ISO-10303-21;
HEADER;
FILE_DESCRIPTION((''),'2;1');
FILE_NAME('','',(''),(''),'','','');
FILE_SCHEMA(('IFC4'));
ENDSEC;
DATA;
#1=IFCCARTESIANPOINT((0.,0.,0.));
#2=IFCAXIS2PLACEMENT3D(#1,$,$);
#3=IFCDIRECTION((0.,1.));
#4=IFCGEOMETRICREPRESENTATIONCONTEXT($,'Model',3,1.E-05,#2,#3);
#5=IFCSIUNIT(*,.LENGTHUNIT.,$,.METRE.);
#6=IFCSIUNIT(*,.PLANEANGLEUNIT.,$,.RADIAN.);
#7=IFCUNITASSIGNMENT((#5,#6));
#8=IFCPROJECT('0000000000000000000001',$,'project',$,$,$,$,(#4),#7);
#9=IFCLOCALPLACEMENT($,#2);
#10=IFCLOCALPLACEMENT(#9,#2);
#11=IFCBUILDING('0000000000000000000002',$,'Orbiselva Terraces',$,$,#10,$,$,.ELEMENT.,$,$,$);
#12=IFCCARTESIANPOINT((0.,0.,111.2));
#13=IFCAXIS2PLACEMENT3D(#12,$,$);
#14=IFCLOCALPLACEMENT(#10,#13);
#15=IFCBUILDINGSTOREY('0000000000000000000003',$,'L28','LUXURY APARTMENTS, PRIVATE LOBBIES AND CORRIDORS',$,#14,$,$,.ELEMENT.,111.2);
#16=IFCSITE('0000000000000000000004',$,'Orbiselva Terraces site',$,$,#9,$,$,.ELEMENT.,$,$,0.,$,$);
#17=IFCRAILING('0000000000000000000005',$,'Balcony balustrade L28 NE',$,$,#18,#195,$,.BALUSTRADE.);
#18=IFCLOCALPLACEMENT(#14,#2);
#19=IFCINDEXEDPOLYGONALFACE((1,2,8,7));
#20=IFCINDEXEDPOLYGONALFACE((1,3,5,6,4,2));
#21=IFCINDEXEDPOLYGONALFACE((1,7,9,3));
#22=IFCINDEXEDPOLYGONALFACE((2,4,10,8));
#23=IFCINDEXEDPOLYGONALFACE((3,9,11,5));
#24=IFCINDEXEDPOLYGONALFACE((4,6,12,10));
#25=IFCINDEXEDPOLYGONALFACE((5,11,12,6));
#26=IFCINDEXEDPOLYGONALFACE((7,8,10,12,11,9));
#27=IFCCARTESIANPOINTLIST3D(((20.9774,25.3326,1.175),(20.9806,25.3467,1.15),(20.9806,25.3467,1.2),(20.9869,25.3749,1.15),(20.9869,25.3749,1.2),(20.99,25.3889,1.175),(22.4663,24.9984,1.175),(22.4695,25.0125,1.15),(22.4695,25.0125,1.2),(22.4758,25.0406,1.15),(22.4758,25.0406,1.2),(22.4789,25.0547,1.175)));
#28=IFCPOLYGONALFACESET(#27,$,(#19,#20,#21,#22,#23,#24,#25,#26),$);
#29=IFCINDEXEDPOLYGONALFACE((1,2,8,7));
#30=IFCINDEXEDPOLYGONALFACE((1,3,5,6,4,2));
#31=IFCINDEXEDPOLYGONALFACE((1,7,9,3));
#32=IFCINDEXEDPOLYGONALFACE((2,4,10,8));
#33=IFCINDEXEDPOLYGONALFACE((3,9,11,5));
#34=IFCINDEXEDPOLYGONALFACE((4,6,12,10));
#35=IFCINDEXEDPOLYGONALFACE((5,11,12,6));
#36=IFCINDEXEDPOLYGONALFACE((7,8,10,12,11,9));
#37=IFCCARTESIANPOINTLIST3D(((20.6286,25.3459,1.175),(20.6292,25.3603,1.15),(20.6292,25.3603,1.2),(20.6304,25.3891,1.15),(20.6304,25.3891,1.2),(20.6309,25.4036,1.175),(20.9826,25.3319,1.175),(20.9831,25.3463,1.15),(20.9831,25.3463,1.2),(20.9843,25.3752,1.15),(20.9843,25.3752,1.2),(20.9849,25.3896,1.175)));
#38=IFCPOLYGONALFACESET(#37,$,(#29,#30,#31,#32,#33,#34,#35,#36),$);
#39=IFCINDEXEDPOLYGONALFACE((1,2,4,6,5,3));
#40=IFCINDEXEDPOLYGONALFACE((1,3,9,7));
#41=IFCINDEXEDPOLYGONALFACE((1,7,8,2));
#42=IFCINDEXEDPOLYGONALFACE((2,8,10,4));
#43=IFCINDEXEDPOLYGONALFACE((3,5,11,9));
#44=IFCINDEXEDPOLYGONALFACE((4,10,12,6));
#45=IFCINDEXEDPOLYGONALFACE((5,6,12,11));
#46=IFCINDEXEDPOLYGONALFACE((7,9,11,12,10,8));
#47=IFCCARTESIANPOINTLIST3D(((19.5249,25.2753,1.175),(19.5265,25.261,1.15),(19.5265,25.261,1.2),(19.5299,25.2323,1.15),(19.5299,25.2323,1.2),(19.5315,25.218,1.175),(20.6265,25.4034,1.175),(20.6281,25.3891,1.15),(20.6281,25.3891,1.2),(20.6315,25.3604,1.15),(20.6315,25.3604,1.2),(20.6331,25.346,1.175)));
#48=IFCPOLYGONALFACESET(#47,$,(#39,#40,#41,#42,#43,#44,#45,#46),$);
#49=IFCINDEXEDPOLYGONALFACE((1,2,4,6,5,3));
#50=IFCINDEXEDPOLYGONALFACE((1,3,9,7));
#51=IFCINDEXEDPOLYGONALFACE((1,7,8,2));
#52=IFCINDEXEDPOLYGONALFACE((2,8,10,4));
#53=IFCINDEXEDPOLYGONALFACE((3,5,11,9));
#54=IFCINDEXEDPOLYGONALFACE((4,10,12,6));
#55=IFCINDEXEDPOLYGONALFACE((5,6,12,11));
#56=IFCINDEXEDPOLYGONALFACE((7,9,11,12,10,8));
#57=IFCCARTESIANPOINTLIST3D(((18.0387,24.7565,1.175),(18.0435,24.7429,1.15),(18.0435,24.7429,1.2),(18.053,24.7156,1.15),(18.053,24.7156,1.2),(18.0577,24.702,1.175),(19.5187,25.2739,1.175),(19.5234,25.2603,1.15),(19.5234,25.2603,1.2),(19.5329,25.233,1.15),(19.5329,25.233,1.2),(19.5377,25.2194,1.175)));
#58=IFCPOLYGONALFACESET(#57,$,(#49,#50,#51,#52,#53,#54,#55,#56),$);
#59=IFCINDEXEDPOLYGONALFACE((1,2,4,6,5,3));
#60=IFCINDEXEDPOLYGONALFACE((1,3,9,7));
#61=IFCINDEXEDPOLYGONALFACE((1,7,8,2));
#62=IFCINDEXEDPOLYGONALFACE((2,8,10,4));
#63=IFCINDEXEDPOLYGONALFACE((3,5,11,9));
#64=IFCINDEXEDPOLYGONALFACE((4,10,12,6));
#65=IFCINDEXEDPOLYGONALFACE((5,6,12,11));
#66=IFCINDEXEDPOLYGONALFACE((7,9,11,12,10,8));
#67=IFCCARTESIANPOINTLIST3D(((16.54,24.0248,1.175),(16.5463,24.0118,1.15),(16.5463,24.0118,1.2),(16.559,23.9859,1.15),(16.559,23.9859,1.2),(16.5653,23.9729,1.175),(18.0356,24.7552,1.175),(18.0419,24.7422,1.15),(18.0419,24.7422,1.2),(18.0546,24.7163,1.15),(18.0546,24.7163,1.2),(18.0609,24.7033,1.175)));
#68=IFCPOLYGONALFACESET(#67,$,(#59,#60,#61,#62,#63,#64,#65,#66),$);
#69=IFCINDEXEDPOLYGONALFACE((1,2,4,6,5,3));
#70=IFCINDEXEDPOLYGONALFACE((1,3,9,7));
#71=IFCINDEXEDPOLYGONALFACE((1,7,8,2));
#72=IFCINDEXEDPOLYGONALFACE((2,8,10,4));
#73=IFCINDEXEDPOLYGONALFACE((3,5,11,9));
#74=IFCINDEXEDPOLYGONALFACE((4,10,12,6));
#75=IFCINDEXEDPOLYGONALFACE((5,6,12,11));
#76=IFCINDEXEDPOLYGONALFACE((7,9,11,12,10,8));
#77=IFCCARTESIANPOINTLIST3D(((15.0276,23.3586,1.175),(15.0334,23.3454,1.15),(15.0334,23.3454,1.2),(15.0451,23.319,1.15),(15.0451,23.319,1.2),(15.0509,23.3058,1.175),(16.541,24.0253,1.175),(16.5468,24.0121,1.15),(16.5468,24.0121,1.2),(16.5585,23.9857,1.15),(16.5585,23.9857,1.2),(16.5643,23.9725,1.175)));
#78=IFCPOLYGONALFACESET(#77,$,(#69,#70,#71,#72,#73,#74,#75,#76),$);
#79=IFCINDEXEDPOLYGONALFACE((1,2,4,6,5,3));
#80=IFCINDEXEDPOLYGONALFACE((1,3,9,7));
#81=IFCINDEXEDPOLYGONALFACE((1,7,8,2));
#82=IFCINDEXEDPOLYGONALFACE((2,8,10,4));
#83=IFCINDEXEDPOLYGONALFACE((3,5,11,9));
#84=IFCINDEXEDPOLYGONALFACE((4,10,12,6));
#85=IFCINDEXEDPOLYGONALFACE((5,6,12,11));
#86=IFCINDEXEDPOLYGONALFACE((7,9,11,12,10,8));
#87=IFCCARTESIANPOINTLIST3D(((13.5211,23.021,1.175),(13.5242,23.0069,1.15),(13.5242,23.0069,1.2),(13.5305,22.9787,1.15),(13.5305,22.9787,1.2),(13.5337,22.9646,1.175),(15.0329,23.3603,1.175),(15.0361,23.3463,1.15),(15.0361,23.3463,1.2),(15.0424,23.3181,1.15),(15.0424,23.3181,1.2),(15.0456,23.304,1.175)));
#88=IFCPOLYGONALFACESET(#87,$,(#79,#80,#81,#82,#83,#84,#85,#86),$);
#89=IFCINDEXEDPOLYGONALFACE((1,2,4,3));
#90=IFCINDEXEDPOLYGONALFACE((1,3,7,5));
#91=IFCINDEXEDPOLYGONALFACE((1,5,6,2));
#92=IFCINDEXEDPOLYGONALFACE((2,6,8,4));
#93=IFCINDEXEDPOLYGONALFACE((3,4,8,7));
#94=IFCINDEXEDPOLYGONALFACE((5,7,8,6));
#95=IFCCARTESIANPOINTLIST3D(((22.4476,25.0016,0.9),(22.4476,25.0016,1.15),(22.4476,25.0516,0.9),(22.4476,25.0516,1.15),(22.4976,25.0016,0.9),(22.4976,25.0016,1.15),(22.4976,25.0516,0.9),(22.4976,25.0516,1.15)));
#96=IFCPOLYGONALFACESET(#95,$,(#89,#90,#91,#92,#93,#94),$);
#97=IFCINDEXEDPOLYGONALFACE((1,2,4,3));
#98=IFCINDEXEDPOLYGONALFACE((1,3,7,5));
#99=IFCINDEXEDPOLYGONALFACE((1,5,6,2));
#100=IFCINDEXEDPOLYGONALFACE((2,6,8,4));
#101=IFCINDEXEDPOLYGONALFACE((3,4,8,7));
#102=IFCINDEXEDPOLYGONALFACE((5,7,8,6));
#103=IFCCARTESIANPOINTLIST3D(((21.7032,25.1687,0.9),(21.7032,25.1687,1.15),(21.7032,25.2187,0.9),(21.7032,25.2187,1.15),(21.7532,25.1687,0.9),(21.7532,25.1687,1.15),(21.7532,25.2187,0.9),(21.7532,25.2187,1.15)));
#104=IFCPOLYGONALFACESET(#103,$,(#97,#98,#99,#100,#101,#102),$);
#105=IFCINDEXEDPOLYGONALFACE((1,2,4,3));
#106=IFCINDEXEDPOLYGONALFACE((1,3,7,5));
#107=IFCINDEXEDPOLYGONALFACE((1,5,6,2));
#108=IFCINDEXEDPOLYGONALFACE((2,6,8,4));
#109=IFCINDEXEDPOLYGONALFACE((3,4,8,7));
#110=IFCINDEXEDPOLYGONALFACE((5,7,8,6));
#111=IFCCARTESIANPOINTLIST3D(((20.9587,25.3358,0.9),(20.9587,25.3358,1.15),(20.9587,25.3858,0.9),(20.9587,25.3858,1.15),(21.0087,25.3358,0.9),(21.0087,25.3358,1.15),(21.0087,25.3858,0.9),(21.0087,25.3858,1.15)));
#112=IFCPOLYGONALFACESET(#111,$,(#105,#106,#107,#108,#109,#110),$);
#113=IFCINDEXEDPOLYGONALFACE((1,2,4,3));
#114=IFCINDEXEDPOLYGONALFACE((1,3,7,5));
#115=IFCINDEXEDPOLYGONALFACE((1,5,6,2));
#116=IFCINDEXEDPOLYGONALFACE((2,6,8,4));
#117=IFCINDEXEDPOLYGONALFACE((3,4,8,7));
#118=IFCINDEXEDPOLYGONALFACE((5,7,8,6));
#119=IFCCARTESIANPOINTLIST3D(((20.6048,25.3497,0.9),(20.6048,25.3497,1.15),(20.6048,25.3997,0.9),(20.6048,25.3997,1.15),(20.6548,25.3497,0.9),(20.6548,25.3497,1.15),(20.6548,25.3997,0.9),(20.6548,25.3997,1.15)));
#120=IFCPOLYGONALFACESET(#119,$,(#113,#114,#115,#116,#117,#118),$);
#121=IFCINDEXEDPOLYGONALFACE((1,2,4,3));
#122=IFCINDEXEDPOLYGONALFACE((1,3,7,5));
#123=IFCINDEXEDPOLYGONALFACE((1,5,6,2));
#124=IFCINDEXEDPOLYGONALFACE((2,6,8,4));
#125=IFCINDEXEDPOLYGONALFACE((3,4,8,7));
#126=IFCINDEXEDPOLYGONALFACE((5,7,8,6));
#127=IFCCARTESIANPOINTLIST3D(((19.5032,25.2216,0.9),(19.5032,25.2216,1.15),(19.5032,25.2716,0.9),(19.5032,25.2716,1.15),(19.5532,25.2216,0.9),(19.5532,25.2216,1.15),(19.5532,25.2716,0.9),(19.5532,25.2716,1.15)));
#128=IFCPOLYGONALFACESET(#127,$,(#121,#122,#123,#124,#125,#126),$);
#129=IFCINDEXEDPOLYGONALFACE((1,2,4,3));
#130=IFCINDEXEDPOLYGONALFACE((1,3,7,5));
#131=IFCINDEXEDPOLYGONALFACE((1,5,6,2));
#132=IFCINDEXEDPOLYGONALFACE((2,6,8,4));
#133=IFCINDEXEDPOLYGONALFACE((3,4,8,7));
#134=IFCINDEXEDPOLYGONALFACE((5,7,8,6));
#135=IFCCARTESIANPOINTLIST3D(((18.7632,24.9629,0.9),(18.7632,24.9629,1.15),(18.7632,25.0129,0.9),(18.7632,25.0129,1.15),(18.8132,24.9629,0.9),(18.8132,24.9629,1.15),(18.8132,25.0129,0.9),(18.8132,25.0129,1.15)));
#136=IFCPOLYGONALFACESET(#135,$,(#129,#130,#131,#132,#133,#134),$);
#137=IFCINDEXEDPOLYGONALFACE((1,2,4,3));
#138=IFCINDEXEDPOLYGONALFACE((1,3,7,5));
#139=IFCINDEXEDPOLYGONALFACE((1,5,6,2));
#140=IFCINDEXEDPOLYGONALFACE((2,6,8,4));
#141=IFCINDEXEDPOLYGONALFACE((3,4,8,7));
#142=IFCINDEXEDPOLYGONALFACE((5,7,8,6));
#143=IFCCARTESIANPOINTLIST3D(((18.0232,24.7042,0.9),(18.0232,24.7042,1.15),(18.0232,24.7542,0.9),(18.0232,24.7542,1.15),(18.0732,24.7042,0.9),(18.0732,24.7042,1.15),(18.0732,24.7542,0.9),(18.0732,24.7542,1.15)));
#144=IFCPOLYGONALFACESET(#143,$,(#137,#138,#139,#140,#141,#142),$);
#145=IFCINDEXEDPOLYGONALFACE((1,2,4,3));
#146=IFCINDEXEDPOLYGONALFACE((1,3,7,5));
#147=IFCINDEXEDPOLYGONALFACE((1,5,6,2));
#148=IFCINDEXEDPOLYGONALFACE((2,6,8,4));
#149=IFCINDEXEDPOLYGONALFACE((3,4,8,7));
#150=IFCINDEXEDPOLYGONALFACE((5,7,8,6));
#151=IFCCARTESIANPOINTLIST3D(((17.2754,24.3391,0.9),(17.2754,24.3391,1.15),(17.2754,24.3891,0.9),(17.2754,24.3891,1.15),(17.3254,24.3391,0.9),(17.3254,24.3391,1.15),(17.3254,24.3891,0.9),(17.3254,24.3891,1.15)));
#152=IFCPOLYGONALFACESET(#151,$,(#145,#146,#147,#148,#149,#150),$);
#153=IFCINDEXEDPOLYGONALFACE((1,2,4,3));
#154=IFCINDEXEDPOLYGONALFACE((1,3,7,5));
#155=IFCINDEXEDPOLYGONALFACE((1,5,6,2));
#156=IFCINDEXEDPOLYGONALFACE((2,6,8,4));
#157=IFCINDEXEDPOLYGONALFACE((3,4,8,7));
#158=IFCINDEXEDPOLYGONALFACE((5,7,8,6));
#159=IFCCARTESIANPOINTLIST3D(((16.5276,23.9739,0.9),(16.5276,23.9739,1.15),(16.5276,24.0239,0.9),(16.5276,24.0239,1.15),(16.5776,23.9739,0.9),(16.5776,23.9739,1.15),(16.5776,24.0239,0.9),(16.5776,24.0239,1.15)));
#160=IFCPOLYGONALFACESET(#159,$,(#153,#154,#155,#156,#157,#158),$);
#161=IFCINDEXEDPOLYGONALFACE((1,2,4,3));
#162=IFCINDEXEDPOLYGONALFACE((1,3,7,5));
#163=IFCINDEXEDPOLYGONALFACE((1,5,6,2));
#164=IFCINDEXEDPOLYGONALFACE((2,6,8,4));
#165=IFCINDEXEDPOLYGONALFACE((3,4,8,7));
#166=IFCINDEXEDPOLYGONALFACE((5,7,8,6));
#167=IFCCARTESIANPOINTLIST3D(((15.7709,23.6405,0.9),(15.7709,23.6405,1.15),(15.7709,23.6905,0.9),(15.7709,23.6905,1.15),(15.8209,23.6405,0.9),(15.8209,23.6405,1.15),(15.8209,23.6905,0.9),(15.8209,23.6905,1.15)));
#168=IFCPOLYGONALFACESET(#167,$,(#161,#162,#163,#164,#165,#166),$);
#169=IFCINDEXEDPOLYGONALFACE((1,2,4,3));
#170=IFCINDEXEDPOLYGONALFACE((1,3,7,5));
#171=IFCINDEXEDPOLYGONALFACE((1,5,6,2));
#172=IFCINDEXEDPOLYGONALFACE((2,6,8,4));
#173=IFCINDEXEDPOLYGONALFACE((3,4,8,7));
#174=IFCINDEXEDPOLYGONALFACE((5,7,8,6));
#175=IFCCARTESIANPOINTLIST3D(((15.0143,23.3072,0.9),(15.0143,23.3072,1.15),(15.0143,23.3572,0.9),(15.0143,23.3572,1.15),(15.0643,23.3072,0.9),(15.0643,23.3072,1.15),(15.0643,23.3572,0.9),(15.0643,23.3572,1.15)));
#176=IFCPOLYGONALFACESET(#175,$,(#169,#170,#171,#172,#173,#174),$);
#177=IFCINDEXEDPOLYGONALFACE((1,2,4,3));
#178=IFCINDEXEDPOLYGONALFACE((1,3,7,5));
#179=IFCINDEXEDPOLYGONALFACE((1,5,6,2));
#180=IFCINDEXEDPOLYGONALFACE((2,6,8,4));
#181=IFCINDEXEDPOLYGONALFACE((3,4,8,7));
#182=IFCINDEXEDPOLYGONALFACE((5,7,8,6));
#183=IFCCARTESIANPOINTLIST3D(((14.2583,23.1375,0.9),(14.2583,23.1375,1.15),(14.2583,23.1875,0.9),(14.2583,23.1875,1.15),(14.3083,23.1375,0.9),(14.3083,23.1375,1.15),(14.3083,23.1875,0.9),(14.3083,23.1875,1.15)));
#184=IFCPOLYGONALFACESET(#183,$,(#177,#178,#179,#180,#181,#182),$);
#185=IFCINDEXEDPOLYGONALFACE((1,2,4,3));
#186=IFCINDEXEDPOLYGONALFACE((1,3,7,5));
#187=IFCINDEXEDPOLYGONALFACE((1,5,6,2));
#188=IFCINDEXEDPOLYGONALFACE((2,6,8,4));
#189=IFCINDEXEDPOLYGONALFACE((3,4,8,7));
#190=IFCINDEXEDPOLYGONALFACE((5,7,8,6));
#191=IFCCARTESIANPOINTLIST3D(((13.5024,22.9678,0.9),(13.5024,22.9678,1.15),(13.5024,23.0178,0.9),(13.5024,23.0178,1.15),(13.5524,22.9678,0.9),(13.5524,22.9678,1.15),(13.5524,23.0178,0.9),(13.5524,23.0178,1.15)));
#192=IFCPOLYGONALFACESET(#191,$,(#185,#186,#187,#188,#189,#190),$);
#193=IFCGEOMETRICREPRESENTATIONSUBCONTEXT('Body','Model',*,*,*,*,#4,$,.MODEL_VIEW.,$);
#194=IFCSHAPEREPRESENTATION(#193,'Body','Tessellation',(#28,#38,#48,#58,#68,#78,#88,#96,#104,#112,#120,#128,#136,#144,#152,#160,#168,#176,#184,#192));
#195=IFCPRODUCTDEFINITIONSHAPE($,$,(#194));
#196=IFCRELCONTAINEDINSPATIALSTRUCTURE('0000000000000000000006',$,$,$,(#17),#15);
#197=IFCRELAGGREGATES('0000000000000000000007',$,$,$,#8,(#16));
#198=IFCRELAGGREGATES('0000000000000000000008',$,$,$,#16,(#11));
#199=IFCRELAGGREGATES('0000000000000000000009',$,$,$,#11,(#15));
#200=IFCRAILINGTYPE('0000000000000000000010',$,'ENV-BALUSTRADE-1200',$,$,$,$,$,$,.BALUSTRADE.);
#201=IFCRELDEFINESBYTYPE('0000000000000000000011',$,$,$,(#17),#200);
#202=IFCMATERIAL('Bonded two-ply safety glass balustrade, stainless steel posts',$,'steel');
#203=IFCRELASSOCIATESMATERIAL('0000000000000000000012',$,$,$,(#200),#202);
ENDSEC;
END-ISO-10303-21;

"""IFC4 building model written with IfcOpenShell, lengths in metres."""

from ifc_helpers import new_model, si_unit, direction, frame, origin, origin_2d, place, context, subcontext, project, spatial, polyline, rectangle, outline, extrude, material, type_object, element, save


model = new_model("IFC4")

# Units and contexts
model_context = context("Model", 3, precision=1e-05, world=origin(), true_north=direction((0.0, 1.0)))
body_context = subcontext(model_context, "Body", "Model", "MODEL_VIEW")
ifc_project = project(units=[si_unit("LENGTHUNIT", "METRE"), si_unit("PLANEANGLEUNIT", "RADIAN")], contexts=[model_context])

# Site, building, storey
site_placement = place(None, origin())
site = spatial("IfcSite", under=ifc_project, at=site_placement, Name="Orbiselva Terraces site", CompositionType="ELEMENT", RefElevation=0.0)
building_placement = place(site_placement, origin())
building = spatial("IfcBuilding", under=site, at=building_placement, Name="Orbiselva Terraces", CompositionType="ELEMENT")
storey_placement = place(building_placement, frame((0.0, 0.0, 111.2)))
storey = spatial("IfcBuildingStorey", under=building, at=storey_placement, Name="L28", Description="LUXURY APARTMENTS, PRIVATE LOBBIES AND CORRIDORS", CompositionType="ELEMENT", Elevation=111.2)

# Railing
ifc_material_1 = material(Name="Bonded two-ply safety glass balustrade, stainless steel posts", Category="steel")
railing_type_1 = type_object("IfcRailingType", Name="ENV-BALUSTRADE-1200", PredefinedType="BALUSTRADE", material=ifc_material_1)
railing_1_placement = place(storey_placement, frame((22.4726, 25.0266, 0.9)))
element("IfcRailing", 1, at=railing_1_placement, inside=storey, type_object=railing_type_1, Name="Balcony balustrade L28 NE", PredefinedType="BALUSTRADE", context=body_context, shape_type="SweptSolid", body=[
    extrude(outline(polyline([(0.0289, 0.0), (0.0144, 0.025), (-0.0144, 0.025), (-0.0289, 0.0), (-0.0144, -0.025), (0.0144, -0.025), (0.0289, 0.0)])), frame((0.0, 0.0, 0.275), z_axis=(-0.975721, 0.219016, 0.0), x_axis=(-0.219016, -0.975721, 0.0)), (0.0, 0.0, 1.0), 1.526),
    extrude(outline(polyline([(0.0289, 0.0), (0.0144, 0.025), (-0.0144, 0.025), (-0.0289, 0.0), (-0.0144, -0.025), (0.0144, -0.025), (0.0289, 0.0)])), frame((-1.4889, 0.3342, 0.275), z_axis=(-0.999225, 0.039364, 0.0), x_axis=(-0.039364, -0.999225, 0.0)), (0.0, 0.0, 1.0), 0.3542),
    extrude(outline(polyline([(0.0289, 0.0), (0.0144, 0.025), (-0.0144, 0.025), (-0.0289, 0.0), (-0.0144, -0.025), (0.0144, -0.025), (0.0289, 0.0)])), frame((-1.8428, 0.3482, 0.275), z_axis=(-0.99331, -0.115481, 0.0), x_axis=(0.115481, -0.99331, 0.0)), (0.0, 0.0, 1.0), 1.109),
    extrude(outline(polyline([(0.0289, 0.0), (0.0144, 0.025), (-0.0144, 0.025), (-0.0289, 0.0), (-0.0144, -0.025), (0.0144, -0.025), (0.0289, 0.0)])), frame((-2.9444, 0.2201, 0.275), z_axis=(-0.943972, -0.330025, 0.0), x_axis=(0.330025, -0.943972, 0.0)), (0.0, 0.0, 1.0), 1.5678),
    extrude(outline(polyline([(0.0289, 0.0), (0.0144, 0.025), (-0.0144, 0.025), (-0.0289, 0.0), (-0.0144, -0.025), (0.0144, -0.025), (0.0289, 0.0)])), frame((-4.4244, -0.2973, 0.275), z_axis=(-0.898579, -0.438812, 0.0), x_axis=(0.438812, -0.898579, 0.0)), (0.0, 0.0, 1.0), 1.6644),
    extrude(outline(polyline([(0.0289, 0.0), (0.0144, 0.025), (-0.0144, 0.025), (-0.0289, 0.0), (-0.0144, -0.025), (0.0144, -0.025), (0.0289, 0.0)])), frame((-5.92, -1.0277, 0.275), z_axis=(-0.915134, -0.403151, 0.0), x_axis=(0.403151, -0.915134, 0.0)), (0.0, 0.0, 1.0), 1.6537),
    extrude(outline(polyline([(0.0289, 0.0), (0.0144, 0.025), (-0.0144, 0.025), (-0.0289, 0.0), (-0.0144, -0.025), (0.0144, -0.025), (0.0289, 0.0)])), frame((-7.4334, -1.6944, 0.275), z_axis=(-0.975721, -0.219016, 0.0), x_axis=(0.219016, -0.975721, 0.0)), (0.0, 0.0, 1.0), 1.5495),
    extrude(rectangle(XDim=0.05, YDim=0.05, at=origin_2d()), origin(), (0.0, 0.0, 1.0), 0.25),
    extrude(rectangle(XDim=0.05, YDim=0.05, at=origin_2d()), frame((-0.7445, 0.1671, 0.0)), (0.0, 0.0, 1.0), 0.25),
    extrude(rectangle(XDim=0.05, YDim=0.05, at=origin_2d()), frame((-1.4889, 0.3342, 0.0)), (0.0, 0.0, 1.0), 0.25),
    extrude(rectangle(XDim=0.05, YDim=0.05, at=origin_2d()), frame((-1.8428, 0.3482, 0.0)), (0.0, 0.0, 1.0), 0.25),
    extrude(rectangle(XDim=0.05, YDim=0.05, at=origin_2d()), frame((-2.9444, 0.2201, 0.0)), (0.0, 0.0, 1.0), 0.25),
    extrude(rectangle(XDim=0.05, YDim=0.05, at=origin_2d()), frame((-3.6844, -0.0386, 0.0)), (0.0, 0.0, 1.0), 0.25),
    extrude(rectangle(XDim=0.05, YDim=0.05, at=origin_2d()), frame((-4.4244, -0.2973, 0.0)), (0.0, 0.0, 1.0), 0.25),
    extrude(rectangle(XDim=0.05, YDim=0.05, at=origin_2d()), frame((-5.1722, -0.6625, 0.0)), (0.0, 0.0, 1.0), 0.25),
    extrude(rectangle(XDim=0.05, YDim=0.05, at=origin_2d()), frame((-5.92, -1.0277, 0.0)), (0.0, 0.0, 1.0), 0.25),
    extrude(rectangle(XDim=0.05, YDim=0.05, at=origin_2d()), frame((-6.6767, -1.361, 0.0)), (0.0, 0.0, 1.0), 0.25),
    extrude(rectangle(XDim=0.05, YDim=0.05, at=origin_2d()), frame((-7.4334, -1.6944, 0.0)), (0.0, 0.0, 1.0), 0.25),
    extrude(rectangle(XDim=0.05, YDim=0.05, at=origin_2d()), frame((-8.1893, -1.8641, 0.0)), (0.0, 0.0, 1.0), 0.25),
    extrude(rectangle(XDim=0.05, YDim=0.05, at=origin_2d()), frame((-8.9452, -2.0338, 0.0)), (0.0, 0.0, 1.0), 0.25),
])

save(model, "model.ifc")
